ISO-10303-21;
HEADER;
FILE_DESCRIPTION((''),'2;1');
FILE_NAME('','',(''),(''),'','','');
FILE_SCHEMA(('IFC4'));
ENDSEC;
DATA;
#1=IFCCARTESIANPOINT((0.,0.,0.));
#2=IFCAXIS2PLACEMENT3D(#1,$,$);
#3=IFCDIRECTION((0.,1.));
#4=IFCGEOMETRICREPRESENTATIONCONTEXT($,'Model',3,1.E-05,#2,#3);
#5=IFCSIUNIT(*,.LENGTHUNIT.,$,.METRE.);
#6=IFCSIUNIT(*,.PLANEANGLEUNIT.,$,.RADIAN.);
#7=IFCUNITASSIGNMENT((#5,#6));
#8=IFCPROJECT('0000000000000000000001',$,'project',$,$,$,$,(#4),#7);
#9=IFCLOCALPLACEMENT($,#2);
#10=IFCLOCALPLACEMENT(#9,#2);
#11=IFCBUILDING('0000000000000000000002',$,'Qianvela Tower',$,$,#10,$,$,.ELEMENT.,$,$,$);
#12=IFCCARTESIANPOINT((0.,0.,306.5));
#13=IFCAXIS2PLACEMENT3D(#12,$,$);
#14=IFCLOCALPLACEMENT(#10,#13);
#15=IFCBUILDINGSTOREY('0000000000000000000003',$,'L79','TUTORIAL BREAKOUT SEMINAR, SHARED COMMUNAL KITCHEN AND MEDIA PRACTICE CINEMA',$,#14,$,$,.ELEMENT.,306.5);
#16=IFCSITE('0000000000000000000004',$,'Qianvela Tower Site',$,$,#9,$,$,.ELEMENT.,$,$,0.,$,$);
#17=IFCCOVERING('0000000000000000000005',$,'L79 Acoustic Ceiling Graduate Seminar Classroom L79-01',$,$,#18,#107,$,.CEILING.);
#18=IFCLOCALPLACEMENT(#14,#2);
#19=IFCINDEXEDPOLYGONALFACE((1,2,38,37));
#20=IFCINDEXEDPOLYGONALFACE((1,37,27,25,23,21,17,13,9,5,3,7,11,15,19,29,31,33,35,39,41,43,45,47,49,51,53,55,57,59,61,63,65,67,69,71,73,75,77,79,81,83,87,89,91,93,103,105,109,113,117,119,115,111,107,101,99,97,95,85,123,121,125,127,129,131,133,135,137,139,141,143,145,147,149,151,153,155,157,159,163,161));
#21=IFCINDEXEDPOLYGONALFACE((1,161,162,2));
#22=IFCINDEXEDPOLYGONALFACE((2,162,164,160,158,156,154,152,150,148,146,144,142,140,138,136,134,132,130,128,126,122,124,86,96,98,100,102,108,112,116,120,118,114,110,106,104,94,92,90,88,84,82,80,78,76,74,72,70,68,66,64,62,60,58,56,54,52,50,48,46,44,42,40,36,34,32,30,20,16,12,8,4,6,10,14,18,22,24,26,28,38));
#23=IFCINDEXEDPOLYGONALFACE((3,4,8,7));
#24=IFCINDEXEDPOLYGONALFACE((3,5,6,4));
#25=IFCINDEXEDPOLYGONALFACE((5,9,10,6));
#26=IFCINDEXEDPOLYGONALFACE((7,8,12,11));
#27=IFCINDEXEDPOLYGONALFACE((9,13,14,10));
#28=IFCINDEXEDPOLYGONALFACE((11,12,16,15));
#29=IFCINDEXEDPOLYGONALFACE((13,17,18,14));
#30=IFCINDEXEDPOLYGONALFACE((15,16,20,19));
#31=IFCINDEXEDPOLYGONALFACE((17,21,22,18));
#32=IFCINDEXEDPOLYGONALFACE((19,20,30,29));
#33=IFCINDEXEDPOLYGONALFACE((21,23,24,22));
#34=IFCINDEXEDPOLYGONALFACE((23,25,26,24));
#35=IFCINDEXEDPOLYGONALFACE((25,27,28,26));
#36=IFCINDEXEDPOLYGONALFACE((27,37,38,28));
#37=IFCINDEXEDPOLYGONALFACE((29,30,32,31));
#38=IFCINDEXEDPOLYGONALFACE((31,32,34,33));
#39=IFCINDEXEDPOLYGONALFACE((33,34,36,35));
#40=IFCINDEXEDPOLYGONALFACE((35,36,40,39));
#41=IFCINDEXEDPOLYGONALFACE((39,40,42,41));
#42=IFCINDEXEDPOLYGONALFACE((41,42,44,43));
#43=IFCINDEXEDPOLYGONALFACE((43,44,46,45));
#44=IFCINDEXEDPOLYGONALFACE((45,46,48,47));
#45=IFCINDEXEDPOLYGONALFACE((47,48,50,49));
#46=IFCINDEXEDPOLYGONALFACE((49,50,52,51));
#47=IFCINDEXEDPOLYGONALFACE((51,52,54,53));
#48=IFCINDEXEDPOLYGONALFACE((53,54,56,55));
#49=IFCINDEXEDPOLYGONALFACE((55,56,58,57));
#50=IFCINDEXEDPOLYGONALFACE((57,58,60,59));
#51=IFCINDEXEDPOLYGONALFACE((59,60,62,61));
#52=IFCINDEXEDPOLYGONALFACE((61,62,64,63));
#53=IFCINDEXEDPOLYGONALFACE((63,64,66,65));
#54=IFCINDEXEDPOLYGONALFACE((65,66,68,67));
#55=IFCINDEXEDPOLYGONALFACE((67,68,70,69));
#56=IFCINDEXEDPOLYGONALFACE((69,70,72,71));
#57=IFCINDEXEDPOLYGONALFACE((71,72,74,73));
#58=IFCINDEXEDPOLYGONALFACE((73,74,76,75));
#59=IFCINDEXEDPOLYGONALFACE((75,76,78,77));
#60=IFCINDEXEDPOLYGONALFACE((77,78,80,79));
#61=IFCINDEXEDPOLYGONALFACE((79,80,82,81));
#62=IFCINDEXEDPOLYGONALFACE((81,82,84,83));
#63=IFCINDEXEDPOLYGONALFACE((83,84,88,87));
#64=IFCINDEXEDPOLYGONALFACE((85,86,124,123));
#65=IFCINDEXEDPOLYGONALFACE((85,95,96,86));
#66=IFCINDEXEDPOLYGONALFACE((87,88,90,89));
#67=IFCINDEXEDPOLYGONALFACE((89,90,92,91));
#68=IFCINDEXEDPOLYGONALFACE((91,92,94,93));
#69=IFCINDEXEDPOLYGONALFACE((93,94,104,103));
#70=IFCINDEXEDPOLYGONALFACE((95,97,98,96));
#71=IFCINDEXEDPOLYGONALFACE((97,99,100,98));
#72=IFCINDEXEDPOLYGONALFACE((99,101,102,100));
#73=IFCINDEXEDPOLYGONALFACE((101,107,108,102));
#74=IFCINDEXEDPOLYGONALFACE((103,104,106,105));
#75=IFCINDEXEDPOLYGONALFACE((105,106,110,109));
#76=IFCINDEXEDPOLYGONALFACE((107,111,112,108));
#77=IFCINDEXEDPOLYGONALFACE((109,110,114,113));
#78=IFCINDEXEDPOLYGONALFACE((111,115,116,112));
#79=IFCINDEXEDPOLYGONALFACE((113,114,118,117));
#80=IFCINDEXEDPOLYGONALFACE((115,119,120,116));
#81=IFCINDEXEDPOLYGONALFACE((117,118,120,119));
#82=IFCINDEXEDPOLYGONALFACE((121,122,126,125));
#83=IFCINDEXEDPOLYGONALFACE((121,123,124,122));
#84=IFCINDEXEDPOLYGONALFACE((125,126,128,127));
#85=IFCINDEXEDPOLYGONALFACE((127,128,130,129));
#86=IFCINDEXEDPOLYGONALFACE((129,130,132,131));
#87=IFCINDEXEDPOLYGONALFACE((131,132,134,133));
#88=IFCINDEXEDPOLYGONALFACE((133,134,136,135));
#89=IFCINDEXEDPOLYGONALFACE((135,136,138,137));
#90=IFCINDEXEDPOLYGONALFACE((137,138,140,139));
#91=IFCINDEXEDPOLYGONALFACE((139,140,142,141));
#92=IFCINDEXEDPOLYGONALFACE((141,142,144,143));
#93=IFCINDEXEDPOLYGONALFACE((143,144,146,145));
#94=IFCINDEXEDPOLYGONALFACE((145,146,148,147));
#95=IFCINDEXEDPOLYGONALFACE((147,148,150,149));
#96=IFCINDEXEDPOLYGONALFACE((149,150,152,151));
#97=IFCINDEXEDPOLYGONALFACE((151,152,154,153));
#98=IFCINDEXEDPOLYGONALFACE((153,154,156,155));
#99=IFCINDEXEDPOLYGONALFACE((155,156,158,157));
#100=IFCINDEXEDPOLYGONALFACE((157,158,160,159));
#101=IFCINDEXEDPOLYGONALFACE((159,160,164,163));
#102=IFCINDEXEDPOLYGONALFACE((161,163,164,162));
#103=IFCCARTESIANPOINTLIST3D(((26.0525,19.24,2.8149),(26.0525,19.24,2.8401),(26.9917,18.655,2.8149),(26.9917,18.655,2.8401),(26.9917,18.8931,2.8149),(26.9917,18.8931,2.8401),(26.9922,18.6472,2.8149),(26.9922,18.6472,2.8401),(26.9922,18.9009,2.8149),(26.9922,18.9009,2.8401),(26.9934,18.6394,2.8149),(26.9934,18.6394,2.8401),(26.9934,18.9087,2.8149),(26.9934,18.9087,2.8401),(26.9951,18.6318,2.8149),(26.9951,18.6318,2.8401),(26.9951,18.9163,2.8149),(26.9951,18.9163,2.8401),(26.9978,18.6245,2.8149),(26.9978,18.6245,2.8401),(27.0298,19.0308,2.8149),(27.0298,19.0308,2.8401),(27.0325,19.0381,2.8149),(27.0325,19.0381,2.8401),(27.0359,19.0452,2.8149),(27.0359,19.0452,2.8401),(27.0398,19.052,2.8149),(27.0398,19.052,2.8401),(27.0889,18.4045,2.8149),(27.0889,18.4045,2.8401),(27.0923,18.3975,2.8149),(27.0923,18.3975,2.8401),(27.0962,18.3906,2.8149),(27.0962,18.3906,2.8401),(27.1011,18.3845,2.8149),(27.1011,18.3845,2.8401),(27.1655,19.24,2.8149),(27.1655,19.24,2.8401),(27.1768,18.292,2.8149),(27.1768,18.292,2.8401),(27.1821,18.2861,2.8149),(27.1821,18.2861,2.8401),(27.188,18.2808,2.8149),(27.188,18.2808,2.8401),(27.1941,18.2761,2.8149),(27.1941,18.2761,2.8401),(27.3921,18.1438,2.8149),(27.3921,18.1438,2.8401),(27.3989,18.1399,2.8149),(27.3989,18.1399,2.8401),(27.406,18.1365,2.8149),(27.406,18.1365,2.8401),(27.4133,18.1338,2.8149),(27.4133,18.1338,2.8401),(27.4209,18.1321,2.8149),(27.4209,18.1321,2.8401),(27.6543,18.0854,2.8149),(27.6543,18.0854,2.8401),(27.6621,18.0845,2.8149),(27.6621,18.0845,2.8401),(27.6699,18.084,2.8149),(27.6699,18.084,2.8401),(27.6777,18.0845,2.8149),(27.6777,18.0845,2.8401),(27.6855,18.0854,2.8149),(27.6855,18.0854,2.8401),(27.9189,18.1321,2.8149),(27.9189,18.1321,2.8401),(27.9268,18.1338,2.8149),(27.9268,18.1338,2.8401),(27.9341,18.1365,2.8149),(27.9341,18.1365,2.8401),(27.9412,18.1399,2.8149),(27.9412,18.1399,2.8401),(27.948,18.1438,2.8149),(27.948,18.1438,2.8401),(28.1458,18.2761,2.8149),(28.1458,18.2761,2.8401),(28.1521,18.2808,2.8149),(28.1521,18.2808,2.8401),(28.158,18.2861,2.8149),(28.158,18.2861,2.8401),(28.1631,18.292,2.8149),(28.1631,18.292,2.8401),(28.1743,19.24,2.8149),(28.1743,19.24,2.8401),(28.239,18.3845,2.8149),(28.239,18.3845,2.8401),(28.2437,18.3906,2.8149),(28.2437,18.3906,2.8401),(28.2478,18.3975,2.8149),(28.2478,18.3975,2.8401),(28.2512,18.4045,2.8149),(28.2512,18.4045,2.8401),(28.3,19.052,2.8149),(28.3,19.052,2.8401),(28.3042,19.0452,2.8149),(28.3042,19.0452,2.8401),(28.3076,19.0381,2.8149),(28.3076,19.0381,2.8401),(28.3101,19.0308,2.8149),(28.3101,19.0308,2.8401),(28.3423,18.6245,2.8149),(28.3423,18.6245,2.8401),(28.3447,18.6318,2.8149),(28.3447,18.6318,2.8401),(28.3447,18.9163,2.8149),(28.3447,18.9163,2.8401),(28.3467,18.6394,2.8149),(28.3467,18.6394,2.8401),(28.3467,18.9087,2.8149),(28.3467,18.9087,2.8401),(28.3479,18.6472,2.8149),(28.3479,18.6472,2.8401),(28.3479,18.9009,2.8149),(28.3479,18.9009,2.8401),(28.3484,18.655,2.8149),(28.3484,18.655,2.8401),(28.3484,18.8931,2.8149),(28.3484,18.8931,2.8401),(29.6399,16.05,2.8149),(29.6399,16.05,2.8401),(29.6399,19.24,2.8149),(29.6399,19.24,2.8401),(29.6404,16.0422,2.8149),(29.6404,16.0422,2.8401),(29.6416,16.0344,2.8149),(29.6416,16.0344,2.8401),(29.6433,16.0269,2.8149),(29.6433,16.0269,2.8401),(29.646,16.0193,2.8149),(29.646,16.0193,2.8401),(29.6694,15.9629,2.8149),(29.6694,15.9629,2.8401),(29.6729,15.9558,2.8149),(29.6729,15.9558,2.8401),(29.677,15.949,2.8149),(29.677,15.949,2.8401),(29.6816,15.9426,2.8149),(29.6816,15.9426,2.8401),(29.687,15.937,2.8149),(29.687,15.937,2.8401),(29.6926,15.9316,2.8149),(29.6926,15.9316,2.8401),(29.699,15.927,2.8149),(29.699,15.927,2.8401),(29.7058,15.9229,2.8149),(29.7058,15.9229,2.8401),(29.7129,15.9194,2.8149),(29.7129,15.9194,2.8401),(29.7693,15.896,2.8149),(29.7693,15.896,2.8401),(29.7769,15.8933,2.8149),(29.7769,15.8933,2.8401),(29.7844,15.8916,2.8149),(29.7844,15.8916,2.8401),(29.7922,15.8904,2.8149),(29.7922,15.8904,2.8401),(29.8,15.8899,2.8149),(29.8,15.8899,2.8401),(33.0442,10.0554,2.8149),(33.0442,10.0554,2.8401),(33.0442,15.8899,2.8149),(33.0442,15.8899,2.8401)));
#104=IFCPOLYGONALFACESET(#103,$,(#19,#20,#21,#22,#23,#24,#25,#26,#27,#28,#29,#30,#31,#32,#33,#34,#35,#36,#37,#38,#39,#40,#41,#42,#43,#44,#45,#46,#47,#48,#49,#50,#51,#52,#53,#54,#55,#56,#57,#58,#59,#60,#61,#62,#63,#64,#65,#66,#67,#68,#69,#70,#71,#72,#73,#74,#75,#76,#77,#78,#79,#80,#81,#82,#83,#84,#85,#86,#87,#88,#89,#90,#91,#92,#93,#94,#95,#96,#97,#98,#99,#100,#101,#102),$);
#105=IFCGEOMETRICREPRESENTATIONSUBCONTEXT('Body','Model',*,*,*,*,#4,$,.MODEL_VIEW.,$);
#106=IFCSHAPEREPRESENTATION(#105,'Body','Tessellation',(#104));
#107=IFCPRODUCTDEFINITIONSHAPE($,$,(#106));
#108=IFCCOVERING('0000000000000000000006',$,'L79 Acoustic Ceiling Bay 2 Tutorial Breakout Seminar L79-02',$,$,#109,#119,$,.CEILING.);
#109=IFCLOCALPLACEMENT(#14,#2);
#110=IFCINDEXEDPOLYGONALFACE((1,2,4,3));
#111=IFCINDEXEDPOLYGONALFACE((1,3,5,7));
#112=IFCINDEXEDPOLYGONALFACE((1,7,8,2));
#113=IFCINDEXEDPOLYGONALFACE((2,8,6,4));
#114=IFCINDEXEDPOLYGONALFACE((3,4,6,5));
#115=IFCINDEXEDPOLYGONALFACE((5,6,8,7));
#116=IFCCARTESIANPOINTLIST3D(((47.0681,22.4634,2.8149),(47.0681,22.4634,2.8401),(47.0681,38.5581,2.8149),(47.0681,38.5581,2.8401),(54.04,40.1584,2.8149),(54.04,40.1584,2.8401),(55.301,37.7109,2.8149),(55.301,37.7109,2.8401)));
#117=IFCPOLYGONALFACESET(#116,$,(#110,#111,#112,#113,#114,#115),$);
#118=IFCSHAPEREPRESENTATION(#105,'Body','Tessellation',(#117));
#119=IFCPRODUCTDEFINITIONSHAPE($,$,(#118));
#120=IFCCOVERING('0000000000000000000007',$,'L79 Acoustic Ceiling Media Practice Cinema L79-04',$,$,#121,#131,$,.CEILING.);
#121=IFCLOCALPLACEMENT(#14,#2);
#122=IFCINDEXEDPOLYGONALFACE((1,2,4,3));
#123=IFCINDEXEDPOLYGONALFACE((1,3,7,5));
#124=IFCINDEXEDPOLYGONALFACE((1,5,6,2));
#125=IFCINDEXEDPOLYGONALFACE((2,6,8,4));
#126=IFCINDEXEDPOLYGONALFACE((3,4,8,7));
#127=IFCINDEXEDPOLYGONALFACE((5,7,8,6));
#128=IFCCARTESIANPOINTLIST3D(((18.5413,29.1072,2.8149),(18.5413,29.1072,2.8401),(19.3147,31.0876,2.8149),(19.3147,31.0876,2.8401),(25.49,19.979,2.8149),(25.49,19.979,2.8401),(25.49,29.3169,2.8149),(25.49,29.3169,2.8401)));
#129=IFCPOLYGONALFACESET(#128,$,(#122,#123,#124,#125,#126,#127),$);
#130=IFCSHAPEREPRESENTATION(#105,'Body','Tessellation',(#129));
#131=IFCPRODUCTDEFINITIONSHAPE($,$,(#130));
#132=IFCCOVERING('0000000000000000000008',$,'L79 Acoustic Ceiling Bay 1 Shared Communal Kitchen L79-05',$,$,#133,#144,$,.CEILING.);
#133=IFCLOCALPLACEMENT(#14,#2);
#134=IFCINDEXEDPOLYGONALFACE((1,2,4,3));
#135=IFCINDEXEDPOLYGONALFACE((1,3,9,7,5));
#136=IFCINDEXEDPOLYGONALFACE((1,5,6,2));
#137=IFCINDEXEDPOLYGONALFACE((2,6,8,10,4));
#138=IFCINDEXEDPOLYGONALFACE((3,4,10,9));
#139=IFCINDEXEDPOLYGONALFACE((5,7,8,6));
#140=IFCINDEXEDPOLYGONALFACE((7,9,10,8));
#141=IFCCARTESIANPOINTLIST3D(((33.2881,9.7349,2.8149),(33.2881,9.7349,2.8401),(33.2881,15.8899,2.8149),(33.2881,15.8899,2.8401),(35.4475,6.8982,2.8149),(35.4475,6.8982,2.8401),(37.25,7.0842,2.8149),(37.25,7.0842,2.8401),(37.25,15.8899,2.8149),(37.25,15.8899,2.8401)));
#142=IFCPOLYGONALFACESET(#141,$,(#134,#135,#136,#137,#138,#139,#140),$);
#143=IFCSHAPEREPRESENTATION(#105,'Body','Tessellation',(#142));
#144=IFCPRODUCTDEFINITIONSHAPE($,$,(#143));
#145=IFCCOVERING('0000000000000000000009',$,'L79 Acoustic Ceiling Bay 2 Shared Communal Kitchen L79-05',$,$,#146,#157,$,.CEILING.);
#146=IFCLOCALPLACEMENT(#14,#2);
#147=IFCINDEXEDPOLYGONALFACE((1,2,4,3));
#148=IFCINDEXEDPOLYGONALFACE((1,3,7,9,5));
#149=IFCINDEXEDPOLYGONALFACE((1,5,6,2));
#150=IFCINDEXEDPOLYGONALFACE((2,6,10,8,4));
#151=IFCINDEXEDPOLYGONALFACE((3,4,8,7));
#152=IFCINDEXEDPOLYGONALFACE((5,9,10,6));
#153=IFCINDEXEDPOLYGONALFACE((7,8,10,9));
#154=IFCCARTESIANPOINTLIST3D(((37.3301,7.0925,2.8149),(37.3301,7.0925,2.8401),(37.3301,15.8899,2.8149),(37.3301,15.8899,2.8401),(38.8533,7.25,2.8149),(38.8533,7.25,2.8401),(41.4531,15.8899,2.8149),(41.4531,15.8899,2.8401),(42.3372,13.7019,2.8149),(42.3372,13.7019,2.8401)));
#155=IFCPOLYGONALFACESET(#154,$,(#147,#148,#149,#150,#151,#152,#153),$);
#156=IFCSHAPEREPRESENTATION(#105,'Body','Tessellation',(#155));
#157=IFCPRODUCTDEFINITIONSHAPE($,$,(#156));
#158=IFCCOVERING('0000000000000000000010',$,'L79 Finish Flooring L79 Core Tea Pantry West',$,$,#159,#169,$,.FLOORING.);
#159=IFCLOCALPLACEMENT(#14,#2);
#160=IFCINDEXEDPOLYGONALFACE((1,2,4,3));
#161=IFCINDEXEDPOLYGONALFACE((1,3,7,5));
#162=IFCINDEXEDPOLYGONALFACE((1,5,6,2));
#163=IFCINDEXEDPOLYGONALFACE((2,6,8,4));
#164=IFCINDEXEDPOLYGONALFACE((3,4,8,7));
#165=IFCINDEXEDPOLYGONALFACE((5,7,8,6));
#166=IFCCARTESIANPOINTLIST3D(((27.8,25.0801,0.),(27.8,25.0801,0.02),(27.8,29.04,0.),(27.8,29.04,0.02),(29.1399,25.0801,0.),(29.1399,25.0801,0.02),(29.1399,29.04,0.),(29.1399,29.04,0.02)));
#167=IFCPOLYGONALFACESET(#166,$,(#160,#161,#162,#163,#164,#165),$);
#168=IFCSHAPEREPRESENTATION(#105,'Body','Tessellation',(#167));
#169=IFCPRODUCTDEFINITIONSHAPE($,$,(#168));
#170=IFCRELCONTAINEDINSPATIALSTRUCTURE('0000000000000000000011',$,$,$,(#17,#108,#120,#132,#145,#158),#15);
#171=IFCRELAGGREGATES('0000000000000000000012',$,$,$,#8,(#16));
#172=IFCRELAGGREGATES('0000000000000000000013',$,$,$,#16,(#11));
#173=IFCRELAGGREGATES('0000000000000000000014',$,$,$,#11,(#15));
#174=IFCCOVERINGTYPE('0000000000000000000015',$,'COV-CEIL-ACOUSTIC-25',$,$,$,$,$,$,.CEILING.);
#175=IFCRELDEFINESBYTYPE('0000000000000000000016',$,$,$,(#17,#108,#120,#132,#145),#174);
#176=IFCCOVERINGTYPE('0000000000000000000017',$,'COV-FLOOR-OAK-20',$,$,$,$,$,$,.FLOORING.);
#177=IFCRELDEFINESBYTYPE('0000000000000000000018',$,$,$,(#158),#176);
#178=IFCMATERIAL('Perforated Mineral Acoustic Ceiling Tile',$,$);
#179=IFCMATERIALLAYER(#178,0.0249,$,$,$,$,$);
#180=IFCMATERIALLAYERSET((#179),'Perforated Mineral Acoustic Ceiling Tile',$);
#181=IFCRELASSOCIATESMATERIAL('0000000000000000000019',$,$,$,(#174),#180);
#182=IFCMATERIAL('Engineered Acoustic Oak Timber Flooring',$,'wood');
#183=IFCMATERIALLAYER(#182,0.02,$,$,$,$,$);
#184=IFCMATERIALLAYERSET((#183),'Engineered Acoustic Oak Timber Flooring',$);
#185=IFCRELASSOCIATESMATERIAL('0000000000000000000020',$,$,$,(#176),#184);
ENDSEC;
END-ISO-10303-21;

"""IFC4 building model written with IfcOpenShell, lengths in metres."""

from ifc_helpers import new_model, si_unit, direction, frame, origin, place, context, subcontext, project, spatial, polyline, outline, extrude, material, layer, layer_set, type_object, element, save


model = new_model("IFC4")

# Units and contexts
model_context = context("Model", 3, precision=1e-05, world=origin(), true_north=direction((0.0, 1.0)))
body_context = subcontext(model_context, "Body", "Model", "MODEL_VIEW")
ifc_project = project(units=[si_unit("LENGTHUNIT", "METRE"), si_unit("PLANEANGLEUNIT", "RADIAN")], contexts=[model_context])

# Site, building, storey
site_placement = place(None, origin())
site = spatial("IfcSite", under=ifc_project, at=site_placement, Name="Qianvela Tower Site", CompositionType="ELEMENT", RefElevation=0.0)
building_placement = place(site_placement, origin())
building = spatial("IfcBuilding", under=site, at=building_placement, Name="Qianvela Tower", CompositionType="ELEMENT")
storey_placement = place(building_placement, frame((0.0, 0.0, 306.5)))
storey = spatial("IfcBuildingStorey", under=building, at=storey_placement, Name="L79", Description="TUTORIAL BREAKOUT SEMINAR, SHARED COMMUNAL KITCHEN AND MEDIA PRACTICE CINEMA", CompositionType="ELEMENT", Elevation=306.5)

# Coverings
ifc_material_1 = material(Name="Perforated Mineral Acoustic Ceiling Tile")
ifc_layer_1 = layer(ifc_material_1, 0.0249)
ifc_layer_set_1 = layer_set([ifc_layer_1], Name="Perforated Mineral Acoustic Ceiling Tile")
covering_type_1 = type_object("IfcCoveringType", Name="COV-CEIL-ACOUSTIC-25", PredefinedType="CEILING", material=ifc_layer_set_1)
covering_1_placement = place(storey_placement, frame((0.0, 0.0, 2.8149)))
element("IfcCovering", 1, at=covering_1_placement, inside=storey, type_object=covering_type_1, Name="L79 Acoustic Ceiling Graduate Seminar Classroom L79-01", PredefinedType="CEILING", context=body_context, shape_type="SweptSolid", body=[
    extrude(outline(polyline([(27.1655, 19.24), (27.0398, 19.052), (27.0359, 19.0452), (27.0325, 19.0381), (27.0298, 19.0308), (26.9951, 18.9163), (26.9934, 18.9087), (26.9922, 18.9009), (26.9917, 18.8931), (26.9917, 18.655), (26.9922, 18.6472), (26.9934, 18.6394), (26.9951, 18.6318), (26.9978, 18.6245), (27.0889, 18.4045), (27.0923, 18.3975), (27.0962, 18.3906), (27.1011, 18.3845), (27.1768, 18.292), (27.1821, 18.2861), (27.188, 18.2808), (27.1941, 18.2761), (27.3921, 18.1438), (27.3989, 18.1399), (27.406, 18.1365), (27.4133, 18.1338), (27.4209, 18.1321), (27.6543, 18.0854), (27.6621, 18.0845), (27.6699, 18.084), (27.6777, 18.0845), (27.6855, 18.0854), (27.9189, 18.1321), (27.9268, 18.1338), (27.9341, 18.1365), (27.9412, 18.1399), (27.948, 18.1438), (28.1458, 18.2761), (28.1521, 18.2808), (28.158, 18.2861), (28.1631, 18.292), (28.239, 18.3845), (28.2437, 18.3906), (28.2478, 18.3975), (28.2512, 18.4045), (28.3423, 18.6245), (28.3447, 18.6318), (28.3467, 18.6394), (28.3479, 18.6472), (28.3484, 18.655), (28.3484, 18.8931), (28.3479, 18.9009), (28.3467, 18.9087), (28.3447, 18.9163), (28.3101, 19.0308), (28.3076, 19.0381), (28.3042, 19.0452), (28.3, 19.052), (28.1743, 19.24), (29.6399, 19.24), (29.6399, 16.05), (29.6404, 16.0422), (29.6416, 16.0344), (29.6433, 16.0269), (29.646, 16.0193), (29.6694, 15.9629), (29.6729, 15.9558), (29.677, 15.949), (29.6816, 15.9426), (29.687, 15.937), (29.6926, 15.9316), (29.699, 15.927), (29.7058, 15.9229), (29.7129, 15.9194), (29.7693, 15.896), (29.7769, 15.8933), (29.7844, 15.8916), (29.7922, 15.8904), (29.8, 15.8899), (33.0442, 15.8899), (33.0442, 10.0554), (26.0525, 19.24), (27.1655, 19.24)])), origin(), (0.0, 0.0, 1.0), 0.0251),
])
covering_2_placement = place(storey_placement, frame((0.0, 0.0, 2.8149)))
element("IfcCovering", 2, at=covering_2_placement, inside=storey, type_object=covering_type_1, Name="L79 Acoustic Ceiling Bay 2 Tutorial Breakout Seminar L79-02", PredefinedType="CEILING", context=body_context, shape_type="SweptSolid", body=[
    extrude(outline(polyline([(54.04, 40.1584), (55.301, 37.7109), (47.0681, 22.4634), (47.0681, 38.5581), (54.04, 40.1584)])), origin(), (0.0, 0.0, 1.0), 0.0251),
])
covering_3_placement = place(storey_placement, frame((0.0, 0.0, 2.8149)))
element("IfcCovering", 3, at=covering_3_placement, inside=storey, type_object=covering_type_1, Name="L79 Acoustic Ceiling Media Practice Cinema L79-04", PredefinedType="CEILING", context=body_context, shape_type="SweptSolid", body=[
    extrude(outline(polyline([(25.49, 29.3169), (25.49, 19.979), (18.5413, 29.1072), (19.3147, 31.0876), (25.49, 29.3169)])), origin(), (0.0, 0.0, 1.0), 0.0251),
])
covering_4_placement = place(storey_placement, frame((0.0, 0.0, 2.8149)))
element("IfcCovering", 4, at=covering_4_placement, inside=storey, type_object=covering_type_1, Name="L79 Acoustic Ceiling Bay 1 Shared Communal Kitchen L79-05", PredefinedType="CEILING", context=body_context, shape_type="SweptSolid", body=[
    extrude(outline(polyline([(35.4475, 6.8982), (33.2881, 9.7349), (33.2881, 15.8899), (37.25, 15.8899), (37.25, 7.0842), (35.4475, 6.8982)])), origin(), (0.0, 0.0, 1.0), 0.0251),
])
covering_5_placement = place(storey_placement, frame((0.0, 0.0, 2.8149)))
element("IfcCovering", 5, at=covering_5_placement, inside=storey, type_object=covering_type_1, Name="L79 Acoustic Ceiling Bay 2 Shared Communal Kitchen L79-05", PredefinedType="CEILING", context=body_context, shape_type="SweptSolid", body=[
    extrude(outline(polyline([(38.8533, 7.25), (37.3301, 7.0925), (37.3301, 15.8899), (41.4531, 15.8899), (42.3372, 13.7019), (38.8533, 7.25)])), origin(), (0.0, 0.0, 1.0), 0.0251),
])
ifc_material_2 = material(Name="Engineered Acoustic Oak Timber Flooring", Category="wood")
ifc_layer_2 = layer(ifc_material_2, 0.02)
ifc_layer_set_2 = layer_set([ifc_layer_2], Name="Engineered Acoustic Oak Timber Flooring")
covering_type_2 = type_object("IfcCoveringType", Name="COV-FLOOR-OAK-20", PredefinedType="FLOORING", material=ifc_layer_set_2)
covering_6_placement = place(storey_placement, origin())
element("IfcCovering", 6, at=covering_6_placement, inside=storey, type_object=covering_type_2, Name="L79 Finish Flooring L79 Core Tea Pantry West", PredefinedType="FLOORING", context=body_context, shape_type="SweptSolid", body=[
    extrude(outline(polyline([(27.8, 25.0801), (27.8, 29.04), (29.1399, 29.04), (29.1399, 25.0801), (27.8, 25.0801)])), origin(), (0.0, 0.0, 1.0), 0.02),
])

save(model, "model.ifc")
